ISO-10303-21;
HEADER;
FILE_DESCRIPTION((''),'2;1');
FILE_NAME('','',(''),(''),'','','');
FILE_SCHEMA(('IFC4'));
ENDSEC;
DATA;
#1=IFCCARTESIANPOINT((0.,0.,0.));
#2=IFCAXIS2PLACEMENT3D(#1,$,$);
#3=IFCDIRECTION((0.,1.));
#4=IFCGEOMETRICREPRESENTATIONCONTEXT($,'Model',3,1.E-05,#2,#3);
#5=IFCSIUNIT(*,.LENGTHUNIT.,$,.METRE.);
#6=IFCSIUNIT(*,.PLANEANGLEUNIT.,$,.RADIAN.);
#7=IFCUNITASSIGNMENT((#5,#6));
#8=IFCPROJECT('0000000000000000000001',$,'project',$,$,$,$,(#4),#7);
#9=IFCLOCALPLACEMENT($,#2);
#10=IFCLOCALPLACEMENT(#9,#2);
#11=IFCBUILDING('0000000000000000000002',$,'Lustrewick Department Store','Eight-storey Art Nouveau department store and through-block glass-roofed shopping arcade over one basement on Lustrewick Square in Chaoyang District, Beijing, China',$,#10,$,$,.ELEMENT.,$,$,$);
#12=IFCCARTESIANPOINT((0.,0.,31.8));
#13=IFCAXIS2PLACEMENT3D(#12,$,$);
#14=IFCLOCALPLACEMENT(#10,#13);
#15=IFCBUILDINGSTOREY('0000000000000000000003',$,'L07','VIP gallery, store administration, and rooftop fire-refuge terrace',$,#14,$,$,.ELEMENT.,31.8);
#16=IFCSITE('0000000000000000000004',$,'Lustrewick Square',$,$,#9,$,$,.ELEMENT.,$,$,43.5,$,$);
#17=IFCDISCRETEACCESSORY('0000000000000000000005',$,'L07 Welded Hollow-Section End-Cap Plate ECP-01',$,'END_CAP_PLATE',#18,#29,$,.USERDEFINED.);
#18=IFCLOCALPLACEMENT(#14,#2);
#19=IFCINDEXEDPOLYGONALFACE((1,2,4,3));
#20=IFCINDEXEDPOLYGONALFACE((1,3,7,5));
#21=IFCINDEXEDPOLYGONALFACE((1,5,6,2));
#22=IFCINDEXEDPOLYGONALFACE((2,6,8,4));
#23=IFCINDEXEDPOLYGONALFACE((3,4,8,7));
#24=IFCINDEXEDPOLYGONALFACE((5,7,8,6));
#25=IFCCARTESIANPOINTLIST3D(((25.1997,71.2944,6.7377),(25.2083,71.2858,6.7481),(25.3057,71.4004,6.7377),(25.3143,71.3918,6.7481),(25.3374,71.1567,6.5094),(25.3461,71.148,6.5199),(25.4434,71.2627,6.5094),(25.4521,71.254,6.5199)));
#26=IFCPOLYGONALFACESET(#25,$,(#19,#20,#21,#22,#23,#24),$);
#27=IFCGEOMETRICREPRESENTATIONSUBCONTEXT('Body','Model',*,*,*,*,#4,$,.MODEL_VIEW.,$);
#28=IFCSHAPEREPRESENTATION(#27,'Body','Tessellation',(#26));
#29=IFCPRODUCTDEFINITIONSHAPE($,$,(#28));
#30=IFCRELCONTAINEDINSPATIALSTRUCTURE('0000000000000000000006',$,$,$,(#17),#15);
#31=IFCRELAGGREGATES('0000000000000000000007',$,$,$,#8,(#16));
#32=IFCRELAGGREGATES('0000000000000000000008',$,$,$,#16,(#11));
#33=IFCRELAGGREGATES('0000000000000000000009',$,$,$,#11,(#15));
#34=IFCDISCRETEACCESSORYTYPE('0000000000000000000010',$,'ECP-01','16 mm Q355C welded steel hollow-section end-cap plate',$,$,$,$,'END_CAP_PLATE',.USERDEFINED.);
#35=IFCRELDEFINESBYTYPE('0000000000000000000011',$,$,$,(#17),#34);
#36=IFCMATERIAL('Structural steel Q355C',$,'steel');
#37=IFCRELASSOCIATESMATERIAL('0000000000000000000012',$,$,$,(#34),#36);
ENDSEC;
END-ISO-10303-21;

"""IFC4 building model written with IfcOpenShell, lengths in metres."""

from ifc_helpers import new_model, si_unit, direction, frame, origin, origin_2d, place, context, subcontext, project, spatial, rectangle, extrude, material, type_object, element, save


model = new_model("IFC4")

# Units and contexts
model_context = context("Model", 3, precision=1e-05, world=origin(), true_north=direction((0.0, 1.0)))
body_context = subcontext(model_context, "Body", "Model", "MODEL_VIEW")
ifc_project = project(units=[si_unit("LENGTHUNIT", "METRE"), si_unit("PLANEANGLEUNIT", "RADIAN")], contexts=[model_context])

# Site, building, storey
site_placement = place(None, origin())
site = spatial("IfcSite", under=ifc_project, at=site_placement, Name="Lustrewick Square", CompositionType="ELEMENT", RefElevation=43.5)
building_placement = place(site_placement, origin())
building = spatial("IfcBuilding", under=site, at=building_placement, Name="Lustrewick Department Store", Description="Eight-storey Art Nouveau department store and through-block glass-roofed shopping arcade over one basement on Lustrewick Square in Chaoyang District, Beijing, China", CompositionType="ELEMENT")
storey_placement = place(building_placement, frame((0.0, 0.0, 31.8)))
storey = spatial("IfcBuildingStorey", under=building, at=storey_placement, Name="L07", Description="VIP gallery, store administration, and rooftop fire-refuge terrace", CompositionType="ELEMENT", Elevation=31.8)

# Shared definitions
ifc_material_1 = material(Name="Structural steel Q355C", Category="steel")

# Discrete accessory
discrete_accessory_type_1 = type_object("IfcDiscreteAccessoryType", Name="ECP-01", Description="16 mm Q355C welded steel hollow-section end-cap plate", ElementType="END_CAP_PLATE", PredefinedType="USERDEFINED", material=ifc_material_1)
discrete_accessory_1_placement = place(storey_placement, frame((25.3215, 71.2786, 6.6235), z_axis=(0.537868, -0.537868, 0.64915), x_axis=(0.707107, 0.707107, 0.0)))
element("IfcDiscreteAccessory", 1, at=discrete_accessory_1_placement, inside=storey, type_object=discrete_accessory_type_1, Name="L07 Welded Hollow-Section End-Cap Plate ECP-01", ObjectType="END_CAP_PLATE", PredefinedType="USERDEFINED", context=body_context, shape_type="SweptSolid", body=[
    extrude(rectangle(XDim=0.1499, YDim=0.3, at=origin_2d()), origin(), (0.0, 0.0, 1.0), 0.0161),
])

save(model, "model.ifc")
